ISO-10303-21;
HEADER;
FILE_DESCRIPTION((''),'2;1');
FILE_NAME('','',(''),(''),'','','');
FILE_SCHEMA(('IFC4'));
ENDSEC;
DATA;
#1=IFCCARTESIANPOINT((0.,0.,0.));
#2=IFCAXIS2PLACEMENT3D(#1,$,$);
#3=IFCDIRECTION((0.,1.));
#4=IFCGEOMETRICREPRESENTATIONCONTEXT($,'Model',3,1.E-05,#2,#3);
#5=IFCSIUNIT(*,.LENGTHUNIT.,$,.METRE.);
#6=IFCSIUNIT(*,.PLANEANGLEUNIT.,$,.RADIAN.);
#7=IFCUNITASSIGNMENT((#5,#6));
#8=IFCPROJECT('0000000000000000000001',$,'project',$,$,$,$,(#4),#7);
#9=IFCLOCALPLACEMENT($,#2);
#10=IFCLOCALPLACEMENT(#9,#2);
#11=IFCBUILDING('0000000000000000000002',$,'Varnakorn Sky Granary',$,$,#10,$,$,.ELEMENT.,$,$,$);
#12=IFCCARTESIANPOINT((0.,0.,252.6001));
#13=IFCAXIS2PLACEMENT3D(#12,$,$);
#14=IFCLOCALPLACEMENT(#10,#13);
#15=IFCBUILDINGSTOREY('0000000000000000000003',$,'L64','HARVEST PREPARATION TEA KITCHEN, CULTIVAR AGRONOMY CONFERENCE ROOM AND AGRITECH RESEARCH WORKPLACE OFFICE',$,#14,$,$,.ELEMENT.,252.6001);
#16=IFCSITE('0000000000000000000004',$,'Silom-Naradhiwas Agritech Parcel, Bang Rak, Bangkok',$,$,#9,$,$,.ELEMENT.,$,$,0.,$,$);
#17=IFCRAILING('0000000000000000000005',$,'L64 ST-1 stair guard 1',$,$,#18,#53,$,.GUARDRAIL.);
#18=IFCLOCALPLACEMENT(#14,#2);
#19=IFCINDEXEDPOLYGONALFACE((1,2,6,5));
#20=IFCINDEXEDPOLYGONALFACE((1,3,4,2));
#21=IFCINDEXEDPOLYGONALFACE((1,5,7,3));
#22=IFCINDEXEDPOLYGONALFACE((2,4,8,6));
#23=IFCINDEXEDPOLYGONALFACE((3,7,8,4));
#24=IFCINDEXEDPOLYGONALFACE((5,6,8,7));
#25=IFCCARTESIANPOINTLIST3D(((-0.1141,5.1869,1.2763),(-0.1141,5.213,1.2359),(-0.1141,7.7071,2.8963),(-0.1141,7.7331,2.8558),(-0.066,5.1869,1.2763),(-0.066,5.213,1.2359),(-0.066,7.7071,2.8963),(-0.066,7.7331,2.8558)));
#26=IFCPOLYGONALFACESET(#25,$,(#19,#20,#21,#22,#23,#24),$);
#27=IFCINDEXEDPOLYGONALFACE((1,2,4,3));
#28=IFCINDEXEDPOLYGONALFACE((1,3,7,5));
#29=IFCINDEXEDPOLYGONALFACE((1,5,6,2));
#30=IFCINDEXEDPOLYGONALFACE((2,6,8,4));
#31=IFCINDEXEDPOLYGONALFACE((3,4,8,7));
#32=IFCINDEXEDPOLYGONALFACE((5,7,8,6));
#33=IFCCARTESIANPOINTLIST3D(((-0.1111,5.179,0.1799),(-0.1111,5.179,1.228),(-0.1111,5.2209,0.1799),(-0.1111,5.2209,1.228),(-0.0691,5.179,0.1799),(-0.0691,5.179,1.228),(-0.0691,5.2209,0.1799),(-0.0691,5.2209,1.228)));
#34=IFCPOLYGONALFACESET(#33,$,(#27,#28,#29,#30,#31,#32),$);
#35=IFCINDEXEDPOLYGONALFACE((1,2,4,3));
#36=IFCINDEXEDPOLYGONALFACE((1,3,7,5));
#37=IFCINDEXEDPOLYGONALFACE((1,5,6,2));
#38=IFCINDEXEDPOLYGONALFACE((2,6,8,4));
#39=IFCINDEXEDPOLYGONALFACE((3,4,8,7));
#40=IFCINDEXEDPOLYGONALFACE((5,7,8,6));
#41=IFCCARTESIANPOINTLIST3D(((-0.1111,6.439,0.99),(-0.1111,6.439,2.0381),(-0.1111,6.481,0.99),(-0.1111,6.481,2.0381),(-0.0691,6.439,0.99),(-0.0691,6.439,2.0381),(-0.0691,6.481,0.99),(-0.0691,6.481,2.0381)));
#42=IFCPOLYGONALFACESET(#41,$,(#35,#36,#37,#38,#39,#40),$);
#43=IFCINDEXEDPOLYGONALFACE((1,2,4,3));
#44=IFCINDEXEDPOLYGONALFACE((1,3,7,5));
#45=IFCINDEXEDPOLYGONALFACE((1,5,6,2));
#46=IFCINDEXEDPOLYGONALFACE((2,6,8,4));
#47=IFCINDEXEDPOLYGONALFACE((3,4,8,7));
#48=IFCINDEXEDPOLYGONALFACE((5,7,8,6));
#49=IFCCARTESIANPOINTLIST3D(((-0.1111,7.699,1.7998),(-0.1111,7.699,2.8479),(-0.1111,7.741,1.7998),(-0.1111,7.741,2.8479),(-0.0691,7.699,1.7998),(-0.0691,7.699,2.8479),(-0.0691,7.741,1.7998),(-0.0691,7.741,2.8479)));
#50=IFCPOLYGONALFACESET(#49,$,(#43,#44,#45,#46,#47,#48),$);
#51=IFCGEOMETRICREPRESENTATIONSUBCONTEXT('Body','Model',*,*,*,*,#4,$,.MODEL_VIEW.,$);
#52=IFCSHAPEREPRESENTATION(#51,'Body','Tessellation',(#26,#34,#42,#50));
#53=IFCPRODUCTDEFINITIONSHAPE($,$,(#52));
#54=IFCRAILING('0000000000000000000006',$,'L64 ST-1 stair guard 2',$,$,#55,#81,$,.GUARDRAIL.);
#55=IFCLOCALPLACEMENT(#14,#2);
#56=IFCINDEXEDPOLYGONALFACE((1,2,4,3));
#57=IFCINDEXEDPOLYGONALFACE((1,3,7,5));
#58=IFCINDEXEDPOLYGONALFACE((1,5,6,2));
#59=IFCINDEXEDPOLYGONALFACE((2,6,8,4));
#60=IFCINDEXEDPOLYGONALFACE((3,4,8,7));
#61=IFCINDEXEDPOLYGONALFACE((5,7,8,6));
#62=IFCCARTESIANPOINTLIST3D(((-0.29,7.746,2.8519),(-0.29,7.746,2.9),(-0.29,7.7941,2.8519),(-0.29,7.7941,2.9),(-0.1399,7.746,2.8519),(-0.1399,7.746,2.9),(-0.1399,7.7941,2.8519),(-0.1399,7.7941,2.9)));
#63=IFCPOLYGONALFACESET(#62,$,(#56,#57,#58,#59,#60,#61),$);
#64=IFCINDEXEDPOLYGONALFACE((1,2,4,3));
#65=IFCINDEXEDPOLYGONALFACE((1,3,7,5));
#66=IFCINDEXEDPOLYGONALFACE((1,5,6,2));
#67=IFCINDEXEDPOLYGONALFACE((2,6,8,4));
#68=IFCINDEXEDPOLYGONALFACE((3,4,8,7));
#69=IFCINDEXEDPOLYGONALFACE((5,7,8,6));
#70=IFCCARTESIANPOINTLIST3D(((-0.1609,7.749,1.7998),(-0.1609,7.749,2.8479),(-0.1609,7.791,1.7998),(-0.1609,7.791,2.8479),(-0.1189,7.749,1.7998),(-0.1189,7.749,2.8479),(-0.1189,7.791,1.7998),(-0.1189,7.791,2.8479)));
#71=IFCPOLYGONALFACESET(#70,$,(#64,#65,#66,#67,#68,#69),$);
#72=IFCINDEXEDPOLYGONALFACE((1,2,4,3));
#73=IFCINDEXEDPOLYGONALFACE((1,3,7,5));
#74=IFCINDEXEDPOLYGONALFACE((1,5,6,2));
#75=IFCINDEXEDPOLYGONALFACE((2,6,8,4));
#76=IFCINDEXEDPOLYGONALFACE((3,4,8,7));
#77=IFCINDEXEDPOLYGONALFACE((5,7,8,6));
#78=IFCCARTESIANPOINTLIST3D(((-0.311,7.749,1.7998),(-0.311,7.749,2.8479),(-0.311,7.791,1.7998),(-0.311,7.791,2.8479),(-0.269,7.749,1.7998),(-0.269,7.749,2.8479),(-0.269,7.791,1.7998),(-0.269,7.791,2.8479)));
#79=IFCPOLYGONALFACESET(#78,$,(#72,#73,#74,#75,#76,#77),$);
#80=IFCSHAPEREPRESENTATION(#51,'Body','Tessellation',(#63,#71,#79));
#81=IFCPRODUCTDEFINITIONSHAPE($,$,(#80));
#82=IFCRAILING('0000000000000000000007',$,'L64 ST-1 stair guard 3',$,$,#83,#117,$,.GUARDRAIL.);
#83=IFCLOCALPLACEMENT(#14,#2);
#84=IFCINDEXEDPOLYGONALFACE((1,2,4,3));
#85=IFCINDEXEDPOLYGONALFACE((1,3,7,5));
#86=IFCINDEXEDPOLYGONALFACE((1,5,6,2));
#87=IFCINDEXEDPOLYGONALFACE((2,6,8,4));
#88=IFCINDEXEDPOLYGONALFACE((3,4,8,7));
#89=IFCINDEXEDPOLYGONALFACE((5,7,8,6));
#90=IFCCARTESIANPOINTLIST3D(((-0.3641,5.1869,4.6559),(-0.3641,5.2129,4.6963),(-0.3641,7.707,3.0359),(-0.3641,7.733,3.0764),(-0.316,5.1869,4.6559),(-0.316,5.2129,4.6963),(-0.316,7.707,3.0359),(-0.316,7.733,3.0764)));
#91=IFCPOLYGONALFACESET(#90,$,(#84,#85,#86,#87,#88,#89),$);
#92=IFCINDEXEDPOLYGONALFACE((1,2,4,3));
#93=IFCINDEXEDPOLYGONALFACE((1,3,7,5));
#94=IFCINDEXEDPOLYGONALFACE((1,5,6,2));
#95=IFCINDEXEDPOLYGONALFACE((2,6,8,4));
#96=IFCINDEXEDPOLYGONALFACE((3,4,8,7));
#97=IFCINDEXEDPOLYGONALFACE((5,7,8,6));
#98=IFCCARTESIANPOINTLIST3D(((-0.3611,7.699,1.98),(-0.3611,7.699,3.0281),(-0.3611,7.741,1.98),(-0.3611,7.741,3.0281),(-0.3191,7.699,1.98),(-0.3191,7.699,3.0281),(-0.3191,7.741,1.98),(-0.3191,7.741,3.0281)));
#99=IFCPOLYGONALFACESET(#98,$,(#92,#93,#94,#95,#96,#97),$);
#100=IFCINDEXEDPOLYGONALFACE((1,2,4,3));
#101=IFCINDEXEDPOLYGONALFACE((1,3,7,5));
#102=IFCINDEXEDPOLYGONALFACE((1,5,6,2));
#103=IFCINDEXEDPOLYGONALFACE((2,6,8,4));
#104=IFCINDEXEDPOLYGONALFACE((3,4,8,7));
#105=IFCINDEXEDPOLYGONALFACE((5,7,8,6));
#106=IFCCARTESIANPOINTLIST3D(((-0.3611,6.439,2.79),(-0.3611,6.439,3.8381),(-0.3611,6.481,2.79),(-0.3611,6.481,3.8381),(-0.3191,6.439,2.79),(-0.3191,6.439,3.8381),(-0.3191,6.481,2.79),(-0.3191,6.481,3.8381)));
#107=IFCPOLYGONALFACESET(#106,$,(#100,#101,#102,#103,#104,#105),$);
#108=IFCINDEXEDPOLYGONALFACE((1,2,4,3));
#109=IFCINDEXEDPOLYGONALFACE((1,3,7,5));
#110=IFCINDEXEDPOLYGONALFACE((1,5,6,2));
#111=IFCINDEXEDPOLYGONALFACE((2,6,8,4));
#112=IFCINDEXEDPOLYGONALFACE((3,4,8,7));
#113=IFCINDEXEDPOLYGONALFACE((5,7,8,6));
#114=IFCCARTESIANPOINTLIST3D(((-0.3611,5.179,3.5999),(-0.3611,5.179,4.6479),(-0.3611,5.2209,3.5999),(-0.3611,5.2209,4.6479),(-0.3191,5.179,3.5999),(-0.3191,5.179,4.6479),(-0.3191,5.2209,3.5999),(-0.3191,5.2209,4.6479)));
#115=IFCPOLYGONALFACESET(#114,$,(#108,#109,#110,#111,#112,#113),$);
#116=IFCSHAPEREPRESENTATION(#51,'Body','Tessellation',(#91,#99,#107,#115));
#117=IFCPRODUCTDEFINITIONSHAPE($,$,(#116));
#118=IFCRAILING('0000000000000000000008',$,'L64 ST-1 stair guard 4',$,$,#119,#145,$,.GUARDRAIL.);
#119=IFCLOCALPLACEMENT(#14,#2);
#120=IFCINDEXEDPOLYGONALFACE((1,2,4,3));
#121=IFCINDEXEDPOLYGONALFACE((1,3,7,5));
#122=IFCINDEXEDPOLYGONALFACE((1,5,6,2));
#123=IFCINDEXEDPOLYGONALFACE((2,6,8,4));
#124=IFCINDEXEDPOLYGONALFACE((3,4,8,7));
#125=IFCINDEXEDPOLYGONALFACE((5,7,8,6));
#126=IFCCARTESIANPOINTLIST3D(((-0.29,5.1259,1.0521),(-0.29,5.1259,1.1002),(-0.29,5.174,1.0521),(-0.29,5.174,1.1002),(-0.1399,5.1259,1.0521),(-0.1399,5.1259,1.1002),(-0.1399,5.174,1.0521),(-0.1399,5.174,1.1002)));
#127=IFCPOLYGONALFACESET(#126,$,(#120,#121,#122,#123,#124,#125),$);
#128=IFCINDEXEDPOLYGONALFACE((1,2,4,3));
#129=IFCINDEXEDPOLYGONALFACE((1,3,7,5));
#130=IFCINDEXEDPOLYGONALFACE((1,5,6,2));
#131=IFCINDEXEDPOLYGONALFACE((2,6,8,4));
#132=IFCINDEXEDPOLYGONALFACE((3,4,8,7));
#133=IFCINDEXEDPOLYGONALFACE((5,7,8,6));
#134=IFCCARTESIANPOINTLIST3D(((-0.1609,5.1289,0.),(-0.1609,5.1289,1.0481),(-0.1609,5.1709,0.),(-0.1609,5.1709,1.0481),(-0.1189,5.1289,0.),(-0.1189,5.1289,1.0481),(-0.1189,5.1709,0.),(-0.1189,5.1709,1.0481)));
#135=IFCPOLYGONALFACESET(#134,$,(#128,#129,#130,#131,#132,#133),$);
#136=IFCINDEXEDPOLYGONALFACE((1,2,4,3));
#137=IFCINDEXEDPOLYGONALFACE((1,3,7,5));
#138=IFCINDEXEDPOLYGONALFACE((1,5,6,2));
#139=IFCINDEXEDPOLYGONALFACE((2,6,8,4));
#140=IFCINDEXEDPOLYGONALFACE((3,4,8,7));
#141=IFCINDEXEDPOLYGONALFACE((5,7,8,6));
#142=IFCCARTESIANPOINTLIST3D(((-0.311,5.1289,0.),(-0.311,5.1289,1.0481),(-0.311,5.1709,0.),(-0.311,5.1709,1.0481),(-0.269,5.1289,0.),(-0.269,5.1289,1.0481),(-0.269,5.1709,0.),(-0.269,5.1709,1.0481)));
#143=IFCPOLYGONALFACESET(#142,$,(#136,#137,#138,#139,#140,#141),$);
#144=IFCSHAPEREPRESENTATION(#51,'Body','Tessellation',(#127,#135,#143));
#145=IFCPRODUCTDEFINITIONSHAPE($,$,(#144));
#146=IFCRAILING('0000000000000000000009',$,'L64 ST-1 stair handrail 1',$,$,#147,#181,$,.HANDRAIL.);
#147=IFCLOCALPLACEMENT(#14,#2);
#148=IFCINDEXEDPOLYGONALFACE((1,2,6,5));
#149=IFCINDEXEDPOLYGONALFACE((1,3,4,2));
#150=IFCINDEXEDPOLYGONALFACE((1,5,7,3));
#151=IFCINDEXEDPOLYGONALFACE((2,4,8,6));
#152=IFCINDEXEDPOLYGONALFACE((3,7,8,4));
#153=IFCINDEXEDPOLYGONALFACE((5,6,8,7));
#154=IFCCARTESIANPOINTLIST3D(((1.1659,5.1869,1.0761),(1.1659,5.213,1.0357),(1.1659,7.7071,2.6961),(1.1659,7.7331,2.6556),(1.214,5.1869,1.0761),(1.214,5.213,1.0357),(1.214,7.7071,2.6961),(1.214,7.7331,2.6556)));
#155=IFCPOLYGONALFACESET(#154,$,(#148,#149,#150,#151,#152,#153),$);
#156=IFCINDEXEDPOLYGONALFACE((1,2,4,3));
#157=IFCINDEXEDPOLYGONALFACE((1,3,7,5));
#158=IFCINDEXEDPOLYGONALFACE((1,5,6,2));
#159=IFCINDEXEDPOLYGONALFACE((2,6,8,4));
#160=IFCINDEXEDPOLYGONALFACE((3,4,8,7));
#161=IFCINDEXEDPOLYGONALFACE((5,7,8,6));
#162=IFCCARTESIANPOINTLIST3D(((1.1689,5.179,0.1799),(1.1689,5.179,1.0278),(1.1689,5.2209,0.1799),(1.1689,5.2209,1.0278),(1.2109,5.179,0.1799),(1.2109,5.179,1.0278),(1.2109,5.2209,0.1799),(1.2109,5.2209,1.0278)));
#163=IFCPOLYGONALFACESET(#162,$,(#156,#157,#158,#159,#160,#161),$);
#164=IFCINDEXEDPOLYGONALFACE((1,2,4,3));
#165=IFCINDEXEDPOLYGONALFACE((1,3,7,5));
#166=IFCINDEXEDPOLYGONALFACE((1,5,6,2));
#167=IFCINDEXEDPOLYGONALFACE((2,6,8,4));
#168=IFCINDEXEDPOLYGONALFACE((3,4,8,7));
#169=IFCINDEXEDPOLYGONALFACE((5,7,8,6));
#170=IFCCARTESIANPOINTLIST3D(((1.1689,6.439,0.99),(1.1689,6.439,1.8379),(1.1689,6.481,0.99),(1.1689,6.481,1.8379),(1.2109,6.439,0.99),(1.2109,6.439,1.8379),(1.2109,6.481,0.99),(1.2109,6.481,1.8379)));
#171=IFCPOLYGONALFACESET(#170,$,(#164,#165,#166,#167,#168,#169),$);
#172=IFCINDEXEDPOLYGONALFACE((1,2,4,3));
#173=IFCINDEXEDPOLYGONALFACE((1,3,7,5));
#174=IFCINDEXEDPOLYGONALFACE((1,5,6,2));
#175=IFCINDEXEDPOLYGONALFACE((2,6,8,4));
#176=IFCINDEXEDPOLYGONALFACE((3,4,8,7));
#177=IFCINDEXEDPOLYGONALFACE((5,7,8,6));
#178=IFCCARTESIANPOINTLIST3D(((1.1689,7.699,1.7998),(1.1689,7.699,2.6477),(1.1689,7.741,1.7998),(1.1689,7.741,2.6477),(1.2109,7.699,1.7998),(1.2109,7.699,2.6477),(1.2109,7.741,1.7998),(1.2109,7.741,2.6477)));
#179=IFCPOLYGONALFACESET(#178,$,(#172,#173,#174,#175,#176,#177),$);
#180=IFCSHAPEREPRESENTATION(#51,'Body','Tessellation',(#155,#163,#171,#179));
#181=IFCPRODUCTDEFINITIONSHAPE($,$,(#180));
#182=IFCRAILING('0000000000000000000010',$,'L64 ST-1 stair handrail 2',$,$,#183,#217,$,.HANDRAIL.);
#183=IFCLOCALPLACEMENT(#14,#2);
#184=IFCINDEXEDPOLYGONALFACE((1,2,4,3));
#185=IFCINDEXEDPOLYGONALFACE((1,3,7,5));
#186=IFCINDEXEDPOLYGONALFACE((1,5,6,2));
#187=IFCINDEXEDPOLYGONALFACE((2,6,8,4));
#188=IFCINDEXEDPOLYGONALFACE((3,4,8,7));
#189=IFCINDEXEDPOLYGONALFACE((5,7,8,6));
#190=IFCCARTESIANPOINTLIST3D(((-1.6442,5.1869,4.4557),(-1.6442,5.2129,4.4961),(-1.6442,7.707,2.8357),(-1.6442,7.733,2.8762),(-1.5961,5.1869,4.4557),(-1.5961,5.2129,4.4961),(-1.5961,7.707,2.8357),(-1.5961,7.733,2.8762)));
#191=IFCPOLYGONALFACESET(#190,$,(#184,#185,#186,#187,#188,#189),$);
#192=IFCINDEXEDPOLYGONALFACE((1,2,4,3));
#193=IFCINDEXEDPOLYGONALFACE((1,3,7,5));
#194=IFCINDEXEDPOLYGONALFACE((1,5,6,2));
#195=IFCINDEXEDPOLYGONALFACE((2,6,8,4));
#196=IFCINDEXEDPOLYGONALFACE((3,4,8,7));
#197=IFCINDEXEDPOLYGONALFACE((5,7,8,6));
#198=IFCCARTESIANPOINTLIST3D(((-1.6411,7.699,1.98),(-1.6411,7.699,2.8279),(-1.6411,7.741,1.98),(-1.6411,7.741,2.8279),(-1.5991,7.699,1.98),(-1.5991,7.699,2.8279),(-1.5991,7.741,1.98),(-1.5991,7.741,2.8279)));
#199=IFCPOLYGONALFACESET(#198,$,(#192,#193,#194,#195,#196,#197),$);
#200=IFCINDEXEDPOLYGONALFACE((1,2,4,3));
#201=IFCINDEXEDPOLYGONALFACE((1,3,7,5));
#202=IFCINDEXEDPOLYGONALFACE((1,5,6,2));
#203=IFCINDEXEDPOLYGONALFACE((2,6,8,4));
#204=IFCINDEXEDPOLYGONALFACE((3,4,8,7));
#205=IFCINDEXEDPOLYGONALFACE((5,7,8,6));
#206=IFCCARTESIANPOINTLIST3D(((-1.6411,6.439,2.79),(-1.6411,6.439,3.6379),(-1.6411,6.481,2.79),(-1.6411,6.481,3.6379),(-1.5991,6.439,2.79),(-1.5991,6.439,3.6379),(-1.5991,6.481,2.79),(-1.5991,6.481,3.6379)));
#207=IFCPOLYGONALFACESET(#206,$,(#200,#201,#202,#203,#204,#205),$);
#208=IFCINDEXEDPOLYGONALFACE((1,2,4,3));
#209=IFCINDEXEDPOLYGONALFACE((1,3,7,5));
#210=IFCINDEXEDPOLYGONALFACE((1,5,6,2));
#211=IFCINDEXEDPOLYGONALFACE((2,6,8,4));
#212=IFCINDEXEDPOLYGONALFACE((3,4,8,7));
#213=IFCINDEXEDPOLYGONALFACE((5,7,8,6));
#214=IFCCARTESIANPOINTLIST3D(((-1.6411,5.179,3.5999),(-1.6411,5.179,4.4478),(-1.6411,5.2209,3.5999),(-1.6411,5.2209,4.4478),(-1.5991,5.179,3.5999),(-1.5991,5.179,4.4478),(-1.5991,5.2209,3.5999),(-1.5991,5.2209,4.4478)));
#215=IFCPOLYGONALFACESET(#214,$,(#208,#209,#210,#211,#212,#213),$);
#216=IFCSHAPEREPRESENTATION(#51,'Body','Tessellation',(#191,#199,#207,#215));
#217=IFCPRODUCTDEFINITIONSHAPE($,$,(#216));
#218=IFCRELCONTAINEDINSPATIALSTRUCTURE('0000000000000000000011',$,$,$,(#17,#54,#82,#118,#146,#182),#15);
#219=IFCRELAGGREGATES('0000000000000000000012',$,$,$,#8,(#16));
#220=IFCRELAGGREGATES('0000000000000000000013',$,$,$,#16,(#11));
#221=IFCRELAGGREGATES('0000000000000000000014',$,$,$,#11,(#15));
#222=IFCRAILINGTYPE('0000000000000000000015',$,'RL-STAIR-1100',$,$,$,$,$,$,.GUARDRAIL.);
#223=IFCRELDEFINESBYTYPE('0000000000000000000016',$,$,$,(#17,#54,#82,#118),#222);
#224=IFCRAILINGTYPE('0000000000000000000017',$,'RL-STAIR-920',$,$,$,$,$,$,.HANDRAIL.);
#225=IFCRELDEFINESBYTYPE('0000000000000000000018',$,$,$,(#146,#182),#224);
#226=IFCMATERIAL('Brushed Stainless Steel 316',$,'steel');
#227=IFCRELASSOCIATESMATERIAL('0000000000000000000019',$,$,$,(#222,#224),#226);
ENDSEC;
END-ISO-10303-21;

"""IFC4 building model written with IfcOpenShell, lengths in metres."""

from ifc_helpers import new_model, si_unit, direction, frame, origin, origin_2d, place, context, subcontext, project, spatial, rectangle, extrude, material, type_object, element, save


model = new_model("IFC4")

# Units and contexts
model_context = context("Model", 3, precision=1e-05, world=origin(), true_north=direction((0.0, 1.0)))
body_context = subcontext(model_context, "Body", "Model", "MODEL_VIEW")
ifc_project = project(units=[si_unit("LENGTHUNIT", "METRE"), si_unit("PLANEANGLEUNIT", "RADIAN")], contexts=[model_context])

# Site, building, storey
site_placement = place(None, origin())
site = spatial("IfcSite", under=ifc_project, at=site_placement, Name="Silom-Naradhiwas Agritech Parcel, Bang Rak, Bangkok", CompositionType="ELEMENT", RefElevation=0.0)
building_placement = place(site_placement, origin())
building = spatial("IfcBuilding", under=site, at=building_placement, Name="Varnakorn Sky Granary", CompositionType="ELEMENT")
storey_placement = place(building_placement, frame((0.0, 0.0, 252.6001)))
storey = spatial("IfcBuildingStorey", under=building, at=storey_placement, Name="L64", Description="HARVEST PREPARATION TEA KITCHEN, CULTIVAR AGRONOMY CONFERENCE ROOM AND AGRITECH RESEARCH WORKPLACE OFFICE", CompositionType="ELEMENT", Elevation=252.6001)

# Railings
ifc_material_1 = material(Name="Brushed Stainless Steel 316", Category="steel")
railing_type_1 = type_object("IfcRailingType", Name="RL-STAIR-1100", PredefinedType="GUARDRAIL", material=ifc_material_1)
railing_1_placement = place(storey_placement, frame((-0.0901, 5.2, 0.1799)))
element("IfcRailing", 1, at=railing_1_placement, inside=storey, type_object=railing_type_1, Name="L64 ST-1 stair guard 1", PredefinedType="GUARDRAIL", context=body_context, shape_type="SweptSolid", body=[
    extrude(rectangle(XDim=0.0481, YDim=0.0481, at=origin_2d()), frame((0.0, 0.0, 1.0762), z_axis=(0.0, 0.8412, 0.540725), x_axis=(-1.0, 0.0, 0.0)), (0.0, 0.0, 1.0), 2.9958),
    extrude(rectangle(XDim=0.042, YDim=0.042, at=origin_2d()), origin(), (0.0, 0.0, 1.0), 1.0481),
    extrude(rectangle(XDim=0.042, YDim=0.042, at=origin_2d()), frame((0.0, 1.26, 0.8101)), (0.0, 0.0, 1.0), 1.0481),
    extrude(rectangle(XDim=0.042, YDim=0.042, at=origin_2d()), frame((0.0, 2.52, 1.6199)), (0.0, 0.0, 1.0), 1.0481),
])
railing_2_placement = place(storey_placement, frame((-0.1399, 7.77, 1.7998)))
element("IfcRailing", 2, at=railing_2_placement, inside=storey, type_object=railing_type_1, Name="L64 ST-1 stair guard 2", PredefinedType="GUARDRAIL", context=body_context, shape_type="SweptSolid", body=[
    extrude(rectangle(XDim=0.0481, YDim=0.0481, at=origin_2d()), frame((0.0, 0.0, 1.0762), z_axis=(-1.0, 0.0, 0.0), x_axis=(0.0, -1.0, 0.0)), (0.0, 0.0, 1.0), 0.1501),
    extrude(rectangle(XDim=0.042, YDim=0.042, at=origin_2d()), origin(), (0.0, 0.0, 1.0), 1.0481),
    extrude(rectangle(XDim=0.042, YDim=0.042, at=origin_2d()), frame((-0.1501, 0.0, 0.0)), (0.0, 0.0, 1.0), 1.0481),
])
railing_3_placement = place(storey_placement, frame((-0.3401, 7.72, 1.98)))
element("IfcRailing", 3, at=railing_3_placement, inside=storey, type_object=railing_type_1, Name="L64 ST-1 stair guard 3", PredefinedType="GUARDRAIL", context=body_context, shape_type="SweptSolid", body=[
    extrude(rectangle(XDim=0.0481, YDim=0.0481, at=origin_2d()), frame((0.0, 0.0, 1.0762), z_axis=(0.0, -0.8412, 0.540725), x_axis=(1.0, 0.0, 0.0)), (0.0, 0.0, 1.0), 2.9958),
    extrude(rectangle(XDim=0.042, YDim=0.042, at=origin_2d()), origin(), (0.0, 0.0, 1.0), 1.0481),
    extrude(rectangle(XDim=0.042, YDim=0.042, at=origin_2d()), frame((0.0, -1.26, 0.8101)), (0.0, 0.0, 1.0), 1.0481),
    extrude(rectangle(XDim=0.042, YDim=0.042, at=origin_2d()), frame((0.0, -2.52, 1.6199)), (0.0, 0.0, 1.0), 1.0481),
])
railing_4_placement = place(storey_placement, frame((-0.1399, 5.1499, 0.0)))
element("IfcRailing", 4, at=railing_4_placement, inside=storey, type_object=railing_type_1, Name="L64 ST-1 stair guard 4", PredefinedType="GUARDRAIL", context=body_context, shape_type="SweptSolid", body=[
    extrude(rectangle(XDim=0.0481, YDim=0.0481, at=origin_2d()), frame((0.0, 0.0, 1.0762), z_axis=(-1.0, 0.0, 0.0), x_axis=(0.0, -1.0, 0.0)), (0.0, 0.0, 1.0), 0.1501),
    extrude(rectangle(XDim=0.042, YDim=0.042, at=origin_2d()), origin(), (0.0, 0.0, 1.0), 1.0481),
    extrude(rectangle(XDim=0.042, YDim=0.042, at=origin_2d()), frame((-0.1501, 0.0, 0.0)), (0.0, 0.0, 1.0), 1.0481),
])
railing_type_2 = type_object("IfcRailingType", Name="RL-STAIR-920", PredefinedType="HANDRAIL", material=ifc_material_1)
railing_5_placement = place(storey_placement, frame((1.1899, 5.2, 0.1799)))
element("IfcRailing", 5, at=railing_5_placement, inside=storey, type_object=railing_type_2, Name="L64 ST-1 stair handrail 1", PredefinedType="HANDRAIL", context=body_context, shape_type="SweptSolid", body=[
    extrude(rectangle(XDim=0.0481, YDim=0.0481, at=origin_2d()), frame((0.0, 0.0, 0.876), z_axis=(0.0, 0.8412, 0.540725), x_axis=(-1.0, 0.0, 0.0)), (0.0, 0.0, 1.0), 2.9958),
    extrude(rectangle(XDim=0.042, YDim=0.042, at=origin_2d()), origin(), (0.0, 0.0, 1.0), 0.8479),
    extrude(rectangle(XDim=0.042, YDim=0.042, at=origin_2d()), frame((0.0, 1.26, 0.8101)), (0.0, 0.0, 1.0), 0.8479),
    extrude(rectangle(XDim=0.042, YDim=0.042, at=origin_2d()), frame((0.0, 2.52, 1.6199)), (0.0, 0.0, 1.0), 0.8479),
])
railing_6_placement = place(storey_placement, frame((-1.6201, 7.72, 1.98)))
element("IfcRailing", 6, at=railing_6_placement, inside=storey, type_object=railing_type_2, Name="L64 ST-1 stair handrail 2", PredefinedType="HANDRAIL", context=body_context, shape_type="SweptSolid", body=[
    extrude(rectangle(XDim=0.0481, YDim=0.0481, at=origin_2d()), frame((0.0, 0.0, 0.876), z_axis=(0.0, -0.8412, 0.540725), x_axis=(1.0, 0.0, 0.0)), (0.0, 0.0, 1.0), 2.9958),
    extrude(rectangle(XDim=0.042, YDim=0.042, at=origin_2d()), origin(), (0.0, 0.0, 1.0), 0.8479),
    extrude(rectangle(XDim=0.042, YDim=0.042, at=origin_2d()), frame((0.0, -1.26, 0.8101)), (0.0, 0.0, 1.0), 0.8479),
    extrude(rectangle(XDim=0.042, YDim=0.042, at=origin_2d()), frame((0.0, -2.52, 1.6199)), (0.0, 0.0, 1.0), 0.8479),
])

save(model, "model.ifc")
